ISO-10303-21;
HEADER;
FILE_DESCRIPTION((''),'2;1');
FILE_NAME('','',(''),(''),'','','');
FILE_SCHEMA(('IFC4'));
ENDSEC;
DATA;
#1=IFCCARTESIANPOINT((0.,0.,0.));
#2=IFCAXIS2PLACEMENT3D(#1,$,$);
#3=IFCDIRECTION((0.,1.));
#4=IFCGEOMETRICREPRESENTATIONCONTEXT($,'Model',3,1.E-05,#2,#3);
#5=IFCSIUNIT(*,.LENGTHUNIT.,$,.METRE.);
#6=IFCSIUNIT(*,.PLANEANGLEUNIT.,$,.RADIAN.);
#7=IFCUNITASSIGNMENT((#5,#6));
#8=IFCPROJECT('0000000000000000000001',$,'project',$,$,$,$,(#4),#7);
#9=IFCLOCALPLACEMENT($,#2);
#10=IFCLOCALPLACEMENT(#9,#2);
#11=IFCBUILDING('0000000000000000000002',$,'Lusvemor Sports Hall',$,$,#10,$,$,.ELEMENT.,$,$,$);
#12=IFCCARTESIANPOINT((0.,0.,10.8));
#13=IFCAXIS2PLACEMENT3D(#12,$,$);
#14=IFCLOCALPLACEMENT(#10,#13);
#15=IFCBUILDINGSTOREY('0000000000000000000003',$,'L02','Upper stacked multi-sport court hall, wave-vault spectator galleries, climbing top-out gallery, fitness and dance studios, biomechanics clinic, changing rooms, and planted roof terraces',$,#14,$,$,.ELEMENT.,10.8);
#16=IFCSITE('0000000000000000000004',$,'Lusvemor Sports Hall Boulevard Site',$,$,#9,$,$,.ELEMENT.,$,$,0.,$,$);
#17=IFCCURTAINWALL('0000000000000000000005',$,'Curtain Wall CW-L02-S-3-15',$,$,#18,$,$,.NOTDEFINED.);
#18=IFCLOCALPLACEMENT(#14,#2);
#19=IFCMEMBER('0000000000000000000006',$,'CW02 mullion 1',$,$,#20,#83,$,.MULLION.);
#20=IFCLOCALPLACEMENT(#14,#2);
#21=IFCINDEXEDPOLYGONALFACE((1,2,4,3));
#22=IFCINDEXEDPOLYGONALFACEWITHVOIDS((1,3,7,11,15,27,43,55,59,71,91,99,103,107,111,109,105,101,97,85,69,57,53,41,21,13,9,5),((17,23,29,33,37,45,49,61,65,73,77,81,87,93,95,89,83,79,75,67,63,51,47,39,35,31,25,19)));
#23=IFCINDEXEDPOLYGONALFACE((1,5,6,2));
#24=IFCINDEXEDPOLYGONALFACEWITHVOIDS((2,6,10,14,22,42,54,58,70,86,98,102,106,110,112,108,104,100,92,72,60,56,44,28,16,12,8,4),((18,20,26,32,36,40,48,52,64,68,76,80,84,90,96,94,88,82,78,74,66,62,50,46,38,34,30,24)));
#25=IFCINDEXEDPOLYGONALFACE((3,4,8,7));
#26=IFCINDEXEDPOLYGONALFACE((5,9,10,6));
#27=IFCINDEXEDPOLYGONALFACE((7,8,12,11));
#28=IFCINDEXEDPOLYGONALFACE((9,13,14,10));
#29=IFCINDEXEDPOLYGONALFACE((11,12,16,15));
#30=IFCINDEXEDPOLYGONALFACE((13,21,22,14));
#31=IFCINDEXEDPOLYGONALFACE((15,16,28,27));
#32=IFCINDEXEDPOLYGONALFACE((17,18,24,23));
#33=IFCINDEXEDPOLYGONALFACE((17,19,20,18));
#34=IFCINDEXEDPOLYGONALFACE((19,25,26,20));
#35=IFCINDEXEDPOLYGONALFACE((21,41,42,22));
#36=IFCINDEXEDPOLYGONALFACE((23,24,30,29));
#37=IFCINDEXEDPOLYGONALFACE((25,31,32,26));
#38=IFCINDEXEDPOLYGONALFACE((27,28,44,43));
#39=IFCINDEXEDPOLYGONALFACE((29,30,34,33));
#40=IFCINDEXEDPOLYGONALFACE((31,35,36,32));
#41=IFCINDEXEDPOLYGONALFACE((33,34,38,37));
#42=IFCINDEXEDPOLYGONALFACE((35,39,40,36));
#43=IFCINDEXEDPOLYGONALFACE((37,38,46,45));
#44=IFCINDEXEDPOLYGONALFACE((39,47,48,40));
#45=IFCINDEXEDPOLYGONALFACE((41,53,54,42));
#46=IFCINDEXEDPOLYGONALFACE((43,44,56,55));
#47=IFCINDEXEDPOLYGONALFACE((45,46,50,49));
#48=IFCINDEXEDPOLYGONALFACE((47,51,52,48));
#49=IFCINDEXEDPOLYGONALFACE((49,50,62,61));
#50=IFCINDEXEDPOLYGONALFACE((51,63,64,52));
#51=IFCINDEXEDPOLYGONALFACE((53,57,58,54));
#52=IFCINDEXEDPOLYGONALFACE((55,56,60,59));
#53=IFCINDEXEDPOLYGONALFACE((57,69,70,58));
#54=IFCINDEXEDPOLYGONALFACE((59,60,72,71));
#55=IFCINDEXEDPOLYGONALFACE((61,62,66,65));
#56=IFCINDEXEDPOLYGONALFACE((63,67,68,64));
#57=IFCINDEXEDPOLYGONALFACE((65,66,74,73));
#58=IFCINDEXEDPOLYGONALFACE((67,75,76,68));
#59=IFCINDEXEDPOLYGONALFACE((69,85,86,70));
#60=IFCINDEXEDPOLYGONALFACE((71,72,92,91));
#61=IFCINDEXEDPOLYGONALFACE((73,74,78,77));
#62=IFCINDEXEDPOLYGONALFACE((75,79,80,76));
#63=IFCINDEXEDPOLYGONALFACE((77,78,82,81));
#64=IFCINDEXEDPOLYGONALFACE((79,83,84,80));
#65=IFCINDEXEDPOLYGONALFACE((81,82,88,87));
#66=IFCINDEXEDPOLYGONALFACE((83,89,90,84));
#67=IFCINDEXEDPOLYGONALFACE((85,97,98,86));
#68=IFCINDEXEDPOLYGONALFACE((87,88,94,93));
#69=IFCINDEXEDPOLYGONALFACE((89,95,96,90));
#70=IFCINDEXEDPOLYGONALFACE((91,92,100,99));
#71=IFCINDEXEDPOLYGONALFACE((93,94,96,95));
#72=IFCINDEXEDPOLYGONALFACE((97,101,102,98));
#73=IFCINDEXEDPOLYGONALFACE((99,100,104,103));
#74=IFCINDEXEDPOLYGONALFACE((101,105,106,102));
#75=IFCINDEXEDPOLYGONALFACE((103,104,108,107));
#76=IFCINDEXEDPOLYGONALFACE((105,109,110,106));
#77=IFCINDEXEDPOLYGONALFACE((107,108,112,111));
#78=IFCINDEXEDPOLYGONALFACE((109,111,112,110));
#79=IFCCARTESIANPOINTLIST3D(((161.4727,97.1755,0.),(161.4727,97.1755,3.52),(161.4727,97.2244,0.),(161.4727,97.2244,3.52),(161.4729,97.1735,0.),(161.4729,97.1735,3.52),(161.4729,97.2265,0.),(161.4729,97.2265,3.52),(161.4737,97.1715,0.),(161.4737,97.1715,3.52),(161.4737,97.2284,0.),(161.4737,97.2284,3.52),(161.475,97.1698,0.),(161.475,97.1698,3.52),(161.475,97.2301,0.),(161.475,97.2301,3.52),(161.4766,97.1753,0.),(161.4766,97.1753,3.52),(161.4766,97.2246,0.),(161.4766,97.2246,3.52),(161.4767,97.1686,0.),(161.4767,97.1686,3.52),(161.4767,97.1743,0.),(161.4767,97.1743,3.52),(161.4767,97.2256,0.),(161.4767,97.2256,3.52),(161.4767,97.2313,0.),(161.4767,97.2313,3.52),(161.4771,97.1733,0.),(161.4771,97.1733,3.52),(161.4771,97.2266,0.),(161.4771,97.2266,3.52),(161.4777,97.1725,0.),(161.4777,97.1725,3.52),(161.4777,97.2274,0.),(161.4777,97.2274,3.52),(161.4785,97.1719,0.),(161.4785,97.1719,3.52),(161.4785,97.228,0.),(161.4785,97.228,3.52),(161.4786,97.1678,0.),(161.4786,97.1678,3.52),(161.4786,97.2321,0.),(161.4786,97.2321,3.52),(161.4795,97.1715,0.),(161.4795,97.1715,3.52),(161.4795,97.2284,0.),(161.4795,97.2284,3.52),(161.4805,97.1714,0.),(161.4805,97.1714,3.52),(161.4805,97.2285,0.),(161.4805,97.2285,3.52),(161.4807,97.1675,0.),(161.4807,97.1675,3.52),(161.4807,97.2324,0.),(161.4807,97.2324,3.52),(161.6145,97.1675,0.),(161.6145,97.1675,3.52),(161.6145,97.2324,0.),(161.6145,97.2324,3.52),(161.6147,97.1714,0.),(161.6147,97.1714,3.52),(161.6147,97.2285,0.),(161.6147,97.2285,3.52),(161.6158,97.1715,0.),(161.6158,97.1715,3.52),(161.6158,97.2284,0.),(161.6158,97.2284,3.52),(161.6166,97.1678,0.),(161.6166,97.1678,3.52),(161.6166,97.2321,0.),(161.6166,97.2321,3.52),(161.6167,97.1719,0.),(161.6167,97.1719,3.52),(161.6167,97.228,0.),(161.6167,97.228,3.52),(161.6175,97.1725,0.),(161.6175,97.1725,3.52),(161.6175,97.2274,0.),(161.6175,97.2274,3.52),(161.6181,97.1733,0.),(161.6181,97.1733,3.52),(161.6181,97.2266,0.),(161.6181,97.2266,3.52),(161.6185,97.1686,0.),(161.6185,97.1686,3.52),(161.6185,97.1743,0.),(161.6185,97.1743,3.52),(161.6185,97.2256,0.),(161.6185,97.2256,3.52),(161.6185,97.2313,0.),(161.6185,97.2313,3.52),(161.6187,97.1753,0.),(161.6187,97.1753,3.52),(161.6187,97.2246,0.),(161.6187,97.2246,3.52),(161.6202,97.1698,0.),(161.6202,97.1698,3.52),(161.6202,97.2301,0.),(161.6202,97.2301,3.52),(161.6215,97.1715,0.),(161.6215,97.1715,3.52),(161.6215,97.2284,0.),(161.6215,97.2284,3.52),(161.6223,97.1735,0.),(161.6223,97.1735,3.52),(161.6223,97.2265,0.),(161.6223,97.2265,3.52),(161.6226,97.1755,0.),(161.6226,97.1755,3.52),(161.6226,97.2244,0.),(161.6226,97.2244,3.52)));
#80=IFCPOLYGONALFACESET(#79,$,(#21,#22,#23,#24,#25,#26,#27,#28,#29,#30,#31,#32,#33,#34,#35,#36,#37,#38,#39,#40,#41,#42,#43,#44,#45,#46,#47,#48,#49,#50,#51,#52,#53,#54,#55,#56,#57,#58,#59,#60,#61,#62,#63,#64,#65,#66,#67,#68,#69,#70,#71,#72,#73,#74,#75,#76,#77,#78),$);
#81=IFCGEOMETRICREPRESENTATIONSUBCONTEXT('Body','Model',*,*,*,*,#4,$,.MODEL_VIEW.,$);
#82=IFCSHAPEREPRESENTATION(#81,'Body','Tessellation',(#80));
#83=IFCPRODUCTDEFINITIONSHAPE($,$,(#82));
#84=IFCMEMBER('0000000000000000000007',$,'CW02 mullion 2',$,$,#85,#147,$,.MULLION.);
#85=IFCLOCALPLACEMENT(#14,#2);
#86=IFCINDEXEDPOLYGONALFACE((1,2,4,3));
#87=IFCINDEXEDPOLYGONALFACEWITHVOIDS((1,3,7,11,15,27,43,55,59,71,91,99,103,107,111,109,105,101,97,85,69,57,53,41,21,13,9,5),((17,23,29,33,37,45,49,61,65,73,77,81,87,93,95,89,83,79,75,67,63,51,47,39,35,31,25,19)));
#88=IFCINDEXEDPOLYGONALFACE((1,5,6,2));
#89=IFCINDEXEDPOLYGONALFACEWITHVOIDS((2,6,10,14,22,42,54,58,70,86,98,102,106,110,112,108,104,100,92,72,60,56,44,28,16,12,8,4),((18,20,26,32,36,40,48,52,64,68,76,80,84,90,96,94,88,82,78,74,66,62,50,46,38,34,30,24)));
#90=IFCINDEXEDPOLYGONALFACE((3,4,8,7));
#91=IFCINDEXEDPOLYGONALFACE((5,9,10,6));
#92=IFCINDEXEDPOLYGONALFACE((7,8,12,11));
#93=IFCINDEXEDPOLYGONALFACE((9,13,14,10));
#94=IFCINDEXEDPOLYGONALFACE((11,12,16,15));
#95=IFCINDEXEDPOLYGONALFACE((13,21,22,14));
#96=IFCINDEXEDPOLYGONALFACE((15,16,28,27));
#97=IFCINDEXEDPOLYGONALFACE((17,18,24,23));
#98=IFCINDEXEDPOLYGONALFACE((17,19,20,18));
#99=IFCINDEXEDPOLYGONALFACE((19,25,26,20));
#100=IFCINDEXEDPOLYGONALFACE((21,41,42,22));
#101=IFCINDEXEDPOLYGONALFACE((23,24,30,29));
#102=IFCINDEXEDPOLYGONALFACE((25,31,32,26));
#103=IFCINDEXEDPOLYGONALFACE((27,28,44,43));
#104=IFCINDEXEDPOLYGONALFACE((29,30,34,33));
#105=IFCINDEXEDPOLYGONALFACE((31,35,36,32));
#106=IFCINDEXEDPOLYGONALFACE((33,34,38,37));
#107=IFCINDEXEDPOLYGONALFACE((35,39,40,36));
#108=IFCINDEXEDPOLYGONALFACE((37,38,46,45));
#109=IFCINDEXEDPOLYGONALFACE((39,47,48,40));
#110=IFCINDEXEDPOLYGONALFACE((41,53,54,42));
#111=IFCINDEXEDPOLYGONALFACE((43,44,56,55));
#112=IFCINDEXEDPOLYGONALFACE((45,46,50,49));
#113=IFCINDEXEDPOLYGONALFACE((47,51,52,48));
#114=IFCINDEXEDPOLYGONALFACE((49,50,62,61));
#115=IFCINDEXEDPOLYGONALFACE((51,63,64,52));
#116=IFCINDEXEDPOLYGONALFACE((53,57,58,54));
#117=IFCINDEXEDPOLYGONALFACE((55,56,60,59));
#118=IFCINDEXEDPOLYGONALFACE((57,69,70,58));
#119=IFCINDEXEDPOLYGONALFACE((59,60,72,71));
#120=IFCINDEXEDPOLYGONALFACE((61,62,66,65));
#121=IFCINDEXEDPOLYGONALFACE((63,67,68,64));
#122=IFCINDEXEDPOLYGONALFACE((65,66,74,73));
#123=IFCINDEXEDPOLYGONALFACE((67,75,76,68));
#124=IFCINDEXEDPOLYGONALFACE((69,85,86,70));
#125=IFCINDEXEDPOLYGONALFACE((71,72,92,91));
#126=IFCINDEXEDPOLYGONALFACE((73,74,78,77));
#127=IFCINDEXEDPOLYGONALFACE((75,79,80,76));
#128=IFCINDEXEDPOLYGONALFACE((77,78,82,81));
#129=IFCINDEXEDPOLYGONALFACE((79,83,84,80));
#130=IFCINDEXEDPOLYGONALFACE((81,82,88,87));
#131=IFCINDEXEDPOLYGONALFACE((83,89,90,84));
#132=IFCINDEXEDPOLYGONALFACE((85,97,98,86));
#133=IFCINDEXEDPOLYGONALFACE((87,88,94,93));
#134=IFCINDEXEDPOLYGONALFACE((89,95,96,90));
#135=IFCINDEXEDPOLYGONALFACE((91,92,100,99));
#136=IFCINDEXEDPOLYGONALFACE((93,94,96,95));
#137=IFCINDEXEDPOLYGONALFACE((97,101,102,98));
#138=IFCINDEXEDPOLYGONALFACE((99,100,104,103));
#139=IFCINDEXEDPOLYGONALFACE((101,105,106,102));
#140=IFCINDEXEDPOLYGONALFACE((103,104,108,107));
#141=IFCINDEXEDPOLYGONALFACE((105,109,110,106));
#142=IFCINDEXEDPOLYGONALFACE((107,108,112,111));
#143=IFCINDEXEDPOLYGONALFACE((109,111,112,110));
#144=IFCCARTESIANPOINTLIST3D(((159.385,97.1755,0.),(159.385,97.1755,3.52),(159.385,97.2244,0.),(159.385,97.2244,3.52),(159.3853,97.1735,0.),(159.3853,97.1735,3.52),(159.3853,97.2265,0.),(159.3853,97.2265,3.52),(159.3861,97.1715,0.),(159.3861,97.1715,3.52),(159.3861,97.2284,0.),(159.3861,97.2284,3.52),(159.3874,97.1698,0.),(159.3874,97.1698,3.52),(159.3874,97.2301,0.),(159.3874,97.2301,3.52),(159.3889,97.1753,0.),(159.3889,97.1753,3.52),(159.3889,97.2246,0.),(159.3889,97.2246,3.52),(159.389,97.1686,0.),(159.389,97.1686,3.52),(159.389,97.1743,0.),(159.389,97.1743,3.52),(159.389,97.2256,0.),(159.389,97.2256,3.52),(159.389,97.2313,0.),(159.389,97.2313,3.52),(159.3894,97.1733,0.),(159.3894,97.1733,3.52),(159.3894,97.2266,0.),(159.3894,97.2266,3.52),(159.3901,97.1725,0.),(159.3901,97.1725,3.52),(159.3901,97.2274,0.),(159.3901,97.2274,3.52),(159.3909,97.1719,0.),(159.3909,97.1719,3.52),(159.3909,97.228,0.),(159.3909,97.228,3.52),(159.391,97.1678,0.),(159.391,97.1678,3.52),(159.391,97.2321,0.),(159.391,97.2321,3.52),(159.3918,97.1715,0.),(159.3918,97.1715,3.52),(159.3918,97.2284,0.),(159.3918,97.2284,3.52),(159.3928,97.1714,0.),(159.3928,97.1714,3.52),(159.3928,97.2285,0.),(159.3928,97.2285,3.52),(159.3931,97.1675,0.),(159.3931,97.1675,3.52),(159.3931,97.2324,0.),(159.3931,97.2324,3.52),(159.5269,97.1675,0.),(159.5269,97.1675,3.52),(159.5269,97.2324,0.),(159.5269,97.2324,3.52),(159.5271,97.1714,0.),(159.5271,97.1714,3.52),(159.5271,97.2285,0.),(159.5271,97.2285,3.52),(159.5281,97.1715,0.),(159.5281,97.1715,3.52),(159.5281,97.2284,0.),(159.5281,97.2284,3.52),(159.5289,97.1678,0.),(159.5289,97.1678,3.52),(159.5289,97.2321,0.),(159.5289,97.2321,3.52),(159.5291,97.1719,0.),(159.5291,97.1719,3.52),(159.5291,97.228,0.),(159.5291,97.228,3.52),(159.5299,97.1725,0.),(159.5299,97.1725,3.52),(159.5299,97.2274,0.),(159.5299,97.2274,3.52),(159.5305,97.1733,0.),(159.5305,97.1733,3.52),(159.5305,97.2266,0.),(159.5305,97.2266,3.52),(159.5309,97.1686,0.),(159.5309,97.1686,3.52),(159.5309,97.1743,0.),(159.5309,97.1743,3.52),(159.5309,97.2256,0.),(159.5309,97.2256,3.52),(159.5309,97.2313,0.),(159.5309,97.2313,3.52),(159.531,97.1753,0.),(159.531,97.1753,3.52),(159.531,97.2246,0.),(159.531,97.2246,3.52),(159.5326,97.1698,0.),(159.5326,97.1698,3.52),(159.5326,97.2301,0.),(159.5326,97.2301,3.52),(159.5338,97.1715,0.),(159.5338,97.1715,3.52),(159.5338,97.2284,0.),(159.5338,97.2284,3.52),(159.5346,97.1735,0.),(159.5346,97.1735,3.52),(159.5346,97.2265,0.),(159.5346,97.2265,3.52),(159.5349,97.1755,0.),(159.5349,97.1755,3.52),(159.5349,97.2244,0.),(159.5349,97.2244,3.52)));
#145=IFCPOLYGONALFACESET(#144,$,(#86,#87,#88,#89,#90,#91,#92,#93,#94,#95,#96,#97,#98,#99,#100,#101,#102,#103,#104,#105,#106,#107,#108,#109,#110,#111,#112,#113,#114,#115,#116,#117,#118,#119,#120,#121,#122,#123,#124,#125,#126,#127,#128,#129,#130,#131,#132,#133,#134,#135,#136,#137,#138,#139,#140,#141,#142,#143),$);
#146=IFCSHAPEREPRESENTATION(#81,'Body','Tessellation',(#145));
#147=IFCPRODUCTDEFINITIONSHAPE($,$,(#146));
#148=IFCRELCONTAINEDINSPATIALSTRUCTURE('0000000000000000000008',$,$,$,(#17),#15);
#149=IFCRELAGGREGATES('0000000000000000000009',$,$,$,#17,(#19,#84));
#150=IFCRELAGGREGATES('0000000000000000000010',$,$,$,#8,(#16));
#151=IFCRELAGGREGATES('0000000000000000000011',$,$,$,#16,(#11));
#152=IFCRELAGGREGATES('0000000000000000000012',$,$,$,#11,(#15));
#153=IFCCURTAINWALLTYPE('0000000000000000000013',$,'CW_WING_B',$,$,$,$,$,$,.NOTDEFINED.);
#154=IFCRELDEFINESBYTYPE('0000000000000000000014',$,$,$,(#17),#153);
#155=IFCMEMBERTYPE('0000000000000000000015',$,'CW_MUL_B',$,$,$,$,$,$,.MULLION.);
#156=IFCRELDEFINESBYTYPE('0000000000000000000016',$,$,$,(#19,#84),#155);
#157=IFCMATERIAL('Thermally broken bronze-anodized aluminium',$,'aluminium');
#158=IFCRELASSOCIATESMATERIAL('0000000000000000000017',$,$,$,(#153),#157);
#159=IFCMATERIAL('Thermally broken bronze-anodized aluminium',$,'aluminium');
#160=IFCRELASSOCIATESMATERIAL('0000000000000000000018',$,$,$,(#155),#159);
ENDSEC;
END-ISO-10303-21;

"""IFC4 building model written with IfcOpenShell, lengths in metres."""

from ifc_helpers import new_model, si_unit, direction, frame, origin, origin_2d, place, context, subcontext, project, spatial, hollow_rectangle, extrude, material, material_profile, profile_set, type_object, element, aggregate, save


model = new_model("IFC4")

# Units and contexts
model_context = context("Model", 3, precision=1e-05, world=origin(), true_north=direction((0.0, 1.0)))
body_context = subcontext(model_context, "Body", "Model", "MODEL_VIEW")
ifc_project = project(units=[si_unit("LENGTHUNIT", "METRE"), si_unit("PLANEANGLEUNIT", "RADIAN")], contexts=[model_context])

# Site, building, storey
site_placement = place(None, origin())
site = spatial("IfcSite", under=ifc_project, at=site_placement, Name="Lusvemor Sports Hall Boulevard Site", CompositionType="ELEMENT", RefElevation=0.0)
building_placement = place(site_placement, origin())
building = spatial("IfcBuilding", under=site, at=building_placement, Name="Lusvemor Sports Hall", CompositionType="ELEMENT")
storey_placement = place(building_placement, frame((0.0, 0.0, 10.8)))
storey = spatial("IfcBuildingStorey", under=building, at=storey_placement, Name="L02", Description="Upper stacked multi-sport court hall, wave-vault spectator galleries, climbing top-out gallery, fitness and dance studios, biomechanics clinic, changing rooms, and planted roof terraces", CompositionType="ELEMENT", Elevation=10.8)

# Shared definitions
ifc_material_1 = material(Name="Thermally broken bronze-anodized aluminium", Category="aluminium")
curtain_wall_type = type_object("IfcCurtainWallType", Name="CW_WING_B", PredefinedType="NOTDEFINED", material=ifc_material_1)
ifc_material_2 = material(Name="Thermally broken bronze-anodized aluminium", Category="aluminium")
ifc_material_profile_1 = material_profile(ifc_material_2, hollow_rectangle(XDim=0.0649, YDim=0.1499, WallThickness=0.0039, InnerFilletRadius=0.0039, OuterFilletRadius=0.0081, at=origin_2d()), Name="CWMUL150x65x4")
ifc_profile_set_1 = profile_set([ifc_material_profile_1], Name="Thermally broken bronze-anodized aluminium")
member_type_1 = type_object("IfcMemberType", Name="CW_MUL_B", PredefinedType="MULLION", material=ifc_profile_set_1)

# Curtain wall, members
curtain_wall_1_placement = place(storey_placement, origin())
curtain_wall_1 = element("IfcCurtainWall", 1, at=curtain_wall_1_placement, inside=storey, type_object=curtain_wall_type, Name="Curtain Wall CW-L02-S-3-15", PredefinedType="NOTDEFINED")
member_1_placement = place(storey_placement, frame((161.5476, 97.2, 0.0), z_axis=(0.0, 0.0, 1.0), x_axis=(0.0, -1.0, 0.0)))
member_1 = element("IfcMember", 2, at=member_1_placement, type_object=member_type_1, Name="CW02 mullion 1", PredefinedType="MULLION", context=body_context, shape_type="SweptSolid", body=[
    extrude(hollow_rectangle(XDim=0.0649, YDim=0.1499, WallThickness=0.0039, InnerFilletRadius=0.0039, OuterFilletRadius=0.0081, at=origin_2d()), origin(), (0.0, 0.0, 1.0), 3.52),
])
member_2_placement = place(storey_placement, frame((159.46, 97.2, 0.0), z_axis=(0.0, 0.0, 1.0), x_axis=(0.0, -1.0, 0.0)))
member_2 = element("IfcMember", 3, at=member_2_placement, type_object=member_type_1, Name="CW02 mullion 2", PredefinedType="MULLION", context=body_context, shape_type="SweptSolid", body=[
    extrude(hollow_rectangle(XDim=0.0649, YDim=0.1499, WallThickness=0.0039, InnerFilletRadius=0.0039, OuterFilletRadius=0.0081, at=origin_2d()), origin(), (0.0, 0.0, 1.0), 3.52),
])

aggregate(curtain_wall_1, [member_1, member_2])

save(model, "model.ifc")
